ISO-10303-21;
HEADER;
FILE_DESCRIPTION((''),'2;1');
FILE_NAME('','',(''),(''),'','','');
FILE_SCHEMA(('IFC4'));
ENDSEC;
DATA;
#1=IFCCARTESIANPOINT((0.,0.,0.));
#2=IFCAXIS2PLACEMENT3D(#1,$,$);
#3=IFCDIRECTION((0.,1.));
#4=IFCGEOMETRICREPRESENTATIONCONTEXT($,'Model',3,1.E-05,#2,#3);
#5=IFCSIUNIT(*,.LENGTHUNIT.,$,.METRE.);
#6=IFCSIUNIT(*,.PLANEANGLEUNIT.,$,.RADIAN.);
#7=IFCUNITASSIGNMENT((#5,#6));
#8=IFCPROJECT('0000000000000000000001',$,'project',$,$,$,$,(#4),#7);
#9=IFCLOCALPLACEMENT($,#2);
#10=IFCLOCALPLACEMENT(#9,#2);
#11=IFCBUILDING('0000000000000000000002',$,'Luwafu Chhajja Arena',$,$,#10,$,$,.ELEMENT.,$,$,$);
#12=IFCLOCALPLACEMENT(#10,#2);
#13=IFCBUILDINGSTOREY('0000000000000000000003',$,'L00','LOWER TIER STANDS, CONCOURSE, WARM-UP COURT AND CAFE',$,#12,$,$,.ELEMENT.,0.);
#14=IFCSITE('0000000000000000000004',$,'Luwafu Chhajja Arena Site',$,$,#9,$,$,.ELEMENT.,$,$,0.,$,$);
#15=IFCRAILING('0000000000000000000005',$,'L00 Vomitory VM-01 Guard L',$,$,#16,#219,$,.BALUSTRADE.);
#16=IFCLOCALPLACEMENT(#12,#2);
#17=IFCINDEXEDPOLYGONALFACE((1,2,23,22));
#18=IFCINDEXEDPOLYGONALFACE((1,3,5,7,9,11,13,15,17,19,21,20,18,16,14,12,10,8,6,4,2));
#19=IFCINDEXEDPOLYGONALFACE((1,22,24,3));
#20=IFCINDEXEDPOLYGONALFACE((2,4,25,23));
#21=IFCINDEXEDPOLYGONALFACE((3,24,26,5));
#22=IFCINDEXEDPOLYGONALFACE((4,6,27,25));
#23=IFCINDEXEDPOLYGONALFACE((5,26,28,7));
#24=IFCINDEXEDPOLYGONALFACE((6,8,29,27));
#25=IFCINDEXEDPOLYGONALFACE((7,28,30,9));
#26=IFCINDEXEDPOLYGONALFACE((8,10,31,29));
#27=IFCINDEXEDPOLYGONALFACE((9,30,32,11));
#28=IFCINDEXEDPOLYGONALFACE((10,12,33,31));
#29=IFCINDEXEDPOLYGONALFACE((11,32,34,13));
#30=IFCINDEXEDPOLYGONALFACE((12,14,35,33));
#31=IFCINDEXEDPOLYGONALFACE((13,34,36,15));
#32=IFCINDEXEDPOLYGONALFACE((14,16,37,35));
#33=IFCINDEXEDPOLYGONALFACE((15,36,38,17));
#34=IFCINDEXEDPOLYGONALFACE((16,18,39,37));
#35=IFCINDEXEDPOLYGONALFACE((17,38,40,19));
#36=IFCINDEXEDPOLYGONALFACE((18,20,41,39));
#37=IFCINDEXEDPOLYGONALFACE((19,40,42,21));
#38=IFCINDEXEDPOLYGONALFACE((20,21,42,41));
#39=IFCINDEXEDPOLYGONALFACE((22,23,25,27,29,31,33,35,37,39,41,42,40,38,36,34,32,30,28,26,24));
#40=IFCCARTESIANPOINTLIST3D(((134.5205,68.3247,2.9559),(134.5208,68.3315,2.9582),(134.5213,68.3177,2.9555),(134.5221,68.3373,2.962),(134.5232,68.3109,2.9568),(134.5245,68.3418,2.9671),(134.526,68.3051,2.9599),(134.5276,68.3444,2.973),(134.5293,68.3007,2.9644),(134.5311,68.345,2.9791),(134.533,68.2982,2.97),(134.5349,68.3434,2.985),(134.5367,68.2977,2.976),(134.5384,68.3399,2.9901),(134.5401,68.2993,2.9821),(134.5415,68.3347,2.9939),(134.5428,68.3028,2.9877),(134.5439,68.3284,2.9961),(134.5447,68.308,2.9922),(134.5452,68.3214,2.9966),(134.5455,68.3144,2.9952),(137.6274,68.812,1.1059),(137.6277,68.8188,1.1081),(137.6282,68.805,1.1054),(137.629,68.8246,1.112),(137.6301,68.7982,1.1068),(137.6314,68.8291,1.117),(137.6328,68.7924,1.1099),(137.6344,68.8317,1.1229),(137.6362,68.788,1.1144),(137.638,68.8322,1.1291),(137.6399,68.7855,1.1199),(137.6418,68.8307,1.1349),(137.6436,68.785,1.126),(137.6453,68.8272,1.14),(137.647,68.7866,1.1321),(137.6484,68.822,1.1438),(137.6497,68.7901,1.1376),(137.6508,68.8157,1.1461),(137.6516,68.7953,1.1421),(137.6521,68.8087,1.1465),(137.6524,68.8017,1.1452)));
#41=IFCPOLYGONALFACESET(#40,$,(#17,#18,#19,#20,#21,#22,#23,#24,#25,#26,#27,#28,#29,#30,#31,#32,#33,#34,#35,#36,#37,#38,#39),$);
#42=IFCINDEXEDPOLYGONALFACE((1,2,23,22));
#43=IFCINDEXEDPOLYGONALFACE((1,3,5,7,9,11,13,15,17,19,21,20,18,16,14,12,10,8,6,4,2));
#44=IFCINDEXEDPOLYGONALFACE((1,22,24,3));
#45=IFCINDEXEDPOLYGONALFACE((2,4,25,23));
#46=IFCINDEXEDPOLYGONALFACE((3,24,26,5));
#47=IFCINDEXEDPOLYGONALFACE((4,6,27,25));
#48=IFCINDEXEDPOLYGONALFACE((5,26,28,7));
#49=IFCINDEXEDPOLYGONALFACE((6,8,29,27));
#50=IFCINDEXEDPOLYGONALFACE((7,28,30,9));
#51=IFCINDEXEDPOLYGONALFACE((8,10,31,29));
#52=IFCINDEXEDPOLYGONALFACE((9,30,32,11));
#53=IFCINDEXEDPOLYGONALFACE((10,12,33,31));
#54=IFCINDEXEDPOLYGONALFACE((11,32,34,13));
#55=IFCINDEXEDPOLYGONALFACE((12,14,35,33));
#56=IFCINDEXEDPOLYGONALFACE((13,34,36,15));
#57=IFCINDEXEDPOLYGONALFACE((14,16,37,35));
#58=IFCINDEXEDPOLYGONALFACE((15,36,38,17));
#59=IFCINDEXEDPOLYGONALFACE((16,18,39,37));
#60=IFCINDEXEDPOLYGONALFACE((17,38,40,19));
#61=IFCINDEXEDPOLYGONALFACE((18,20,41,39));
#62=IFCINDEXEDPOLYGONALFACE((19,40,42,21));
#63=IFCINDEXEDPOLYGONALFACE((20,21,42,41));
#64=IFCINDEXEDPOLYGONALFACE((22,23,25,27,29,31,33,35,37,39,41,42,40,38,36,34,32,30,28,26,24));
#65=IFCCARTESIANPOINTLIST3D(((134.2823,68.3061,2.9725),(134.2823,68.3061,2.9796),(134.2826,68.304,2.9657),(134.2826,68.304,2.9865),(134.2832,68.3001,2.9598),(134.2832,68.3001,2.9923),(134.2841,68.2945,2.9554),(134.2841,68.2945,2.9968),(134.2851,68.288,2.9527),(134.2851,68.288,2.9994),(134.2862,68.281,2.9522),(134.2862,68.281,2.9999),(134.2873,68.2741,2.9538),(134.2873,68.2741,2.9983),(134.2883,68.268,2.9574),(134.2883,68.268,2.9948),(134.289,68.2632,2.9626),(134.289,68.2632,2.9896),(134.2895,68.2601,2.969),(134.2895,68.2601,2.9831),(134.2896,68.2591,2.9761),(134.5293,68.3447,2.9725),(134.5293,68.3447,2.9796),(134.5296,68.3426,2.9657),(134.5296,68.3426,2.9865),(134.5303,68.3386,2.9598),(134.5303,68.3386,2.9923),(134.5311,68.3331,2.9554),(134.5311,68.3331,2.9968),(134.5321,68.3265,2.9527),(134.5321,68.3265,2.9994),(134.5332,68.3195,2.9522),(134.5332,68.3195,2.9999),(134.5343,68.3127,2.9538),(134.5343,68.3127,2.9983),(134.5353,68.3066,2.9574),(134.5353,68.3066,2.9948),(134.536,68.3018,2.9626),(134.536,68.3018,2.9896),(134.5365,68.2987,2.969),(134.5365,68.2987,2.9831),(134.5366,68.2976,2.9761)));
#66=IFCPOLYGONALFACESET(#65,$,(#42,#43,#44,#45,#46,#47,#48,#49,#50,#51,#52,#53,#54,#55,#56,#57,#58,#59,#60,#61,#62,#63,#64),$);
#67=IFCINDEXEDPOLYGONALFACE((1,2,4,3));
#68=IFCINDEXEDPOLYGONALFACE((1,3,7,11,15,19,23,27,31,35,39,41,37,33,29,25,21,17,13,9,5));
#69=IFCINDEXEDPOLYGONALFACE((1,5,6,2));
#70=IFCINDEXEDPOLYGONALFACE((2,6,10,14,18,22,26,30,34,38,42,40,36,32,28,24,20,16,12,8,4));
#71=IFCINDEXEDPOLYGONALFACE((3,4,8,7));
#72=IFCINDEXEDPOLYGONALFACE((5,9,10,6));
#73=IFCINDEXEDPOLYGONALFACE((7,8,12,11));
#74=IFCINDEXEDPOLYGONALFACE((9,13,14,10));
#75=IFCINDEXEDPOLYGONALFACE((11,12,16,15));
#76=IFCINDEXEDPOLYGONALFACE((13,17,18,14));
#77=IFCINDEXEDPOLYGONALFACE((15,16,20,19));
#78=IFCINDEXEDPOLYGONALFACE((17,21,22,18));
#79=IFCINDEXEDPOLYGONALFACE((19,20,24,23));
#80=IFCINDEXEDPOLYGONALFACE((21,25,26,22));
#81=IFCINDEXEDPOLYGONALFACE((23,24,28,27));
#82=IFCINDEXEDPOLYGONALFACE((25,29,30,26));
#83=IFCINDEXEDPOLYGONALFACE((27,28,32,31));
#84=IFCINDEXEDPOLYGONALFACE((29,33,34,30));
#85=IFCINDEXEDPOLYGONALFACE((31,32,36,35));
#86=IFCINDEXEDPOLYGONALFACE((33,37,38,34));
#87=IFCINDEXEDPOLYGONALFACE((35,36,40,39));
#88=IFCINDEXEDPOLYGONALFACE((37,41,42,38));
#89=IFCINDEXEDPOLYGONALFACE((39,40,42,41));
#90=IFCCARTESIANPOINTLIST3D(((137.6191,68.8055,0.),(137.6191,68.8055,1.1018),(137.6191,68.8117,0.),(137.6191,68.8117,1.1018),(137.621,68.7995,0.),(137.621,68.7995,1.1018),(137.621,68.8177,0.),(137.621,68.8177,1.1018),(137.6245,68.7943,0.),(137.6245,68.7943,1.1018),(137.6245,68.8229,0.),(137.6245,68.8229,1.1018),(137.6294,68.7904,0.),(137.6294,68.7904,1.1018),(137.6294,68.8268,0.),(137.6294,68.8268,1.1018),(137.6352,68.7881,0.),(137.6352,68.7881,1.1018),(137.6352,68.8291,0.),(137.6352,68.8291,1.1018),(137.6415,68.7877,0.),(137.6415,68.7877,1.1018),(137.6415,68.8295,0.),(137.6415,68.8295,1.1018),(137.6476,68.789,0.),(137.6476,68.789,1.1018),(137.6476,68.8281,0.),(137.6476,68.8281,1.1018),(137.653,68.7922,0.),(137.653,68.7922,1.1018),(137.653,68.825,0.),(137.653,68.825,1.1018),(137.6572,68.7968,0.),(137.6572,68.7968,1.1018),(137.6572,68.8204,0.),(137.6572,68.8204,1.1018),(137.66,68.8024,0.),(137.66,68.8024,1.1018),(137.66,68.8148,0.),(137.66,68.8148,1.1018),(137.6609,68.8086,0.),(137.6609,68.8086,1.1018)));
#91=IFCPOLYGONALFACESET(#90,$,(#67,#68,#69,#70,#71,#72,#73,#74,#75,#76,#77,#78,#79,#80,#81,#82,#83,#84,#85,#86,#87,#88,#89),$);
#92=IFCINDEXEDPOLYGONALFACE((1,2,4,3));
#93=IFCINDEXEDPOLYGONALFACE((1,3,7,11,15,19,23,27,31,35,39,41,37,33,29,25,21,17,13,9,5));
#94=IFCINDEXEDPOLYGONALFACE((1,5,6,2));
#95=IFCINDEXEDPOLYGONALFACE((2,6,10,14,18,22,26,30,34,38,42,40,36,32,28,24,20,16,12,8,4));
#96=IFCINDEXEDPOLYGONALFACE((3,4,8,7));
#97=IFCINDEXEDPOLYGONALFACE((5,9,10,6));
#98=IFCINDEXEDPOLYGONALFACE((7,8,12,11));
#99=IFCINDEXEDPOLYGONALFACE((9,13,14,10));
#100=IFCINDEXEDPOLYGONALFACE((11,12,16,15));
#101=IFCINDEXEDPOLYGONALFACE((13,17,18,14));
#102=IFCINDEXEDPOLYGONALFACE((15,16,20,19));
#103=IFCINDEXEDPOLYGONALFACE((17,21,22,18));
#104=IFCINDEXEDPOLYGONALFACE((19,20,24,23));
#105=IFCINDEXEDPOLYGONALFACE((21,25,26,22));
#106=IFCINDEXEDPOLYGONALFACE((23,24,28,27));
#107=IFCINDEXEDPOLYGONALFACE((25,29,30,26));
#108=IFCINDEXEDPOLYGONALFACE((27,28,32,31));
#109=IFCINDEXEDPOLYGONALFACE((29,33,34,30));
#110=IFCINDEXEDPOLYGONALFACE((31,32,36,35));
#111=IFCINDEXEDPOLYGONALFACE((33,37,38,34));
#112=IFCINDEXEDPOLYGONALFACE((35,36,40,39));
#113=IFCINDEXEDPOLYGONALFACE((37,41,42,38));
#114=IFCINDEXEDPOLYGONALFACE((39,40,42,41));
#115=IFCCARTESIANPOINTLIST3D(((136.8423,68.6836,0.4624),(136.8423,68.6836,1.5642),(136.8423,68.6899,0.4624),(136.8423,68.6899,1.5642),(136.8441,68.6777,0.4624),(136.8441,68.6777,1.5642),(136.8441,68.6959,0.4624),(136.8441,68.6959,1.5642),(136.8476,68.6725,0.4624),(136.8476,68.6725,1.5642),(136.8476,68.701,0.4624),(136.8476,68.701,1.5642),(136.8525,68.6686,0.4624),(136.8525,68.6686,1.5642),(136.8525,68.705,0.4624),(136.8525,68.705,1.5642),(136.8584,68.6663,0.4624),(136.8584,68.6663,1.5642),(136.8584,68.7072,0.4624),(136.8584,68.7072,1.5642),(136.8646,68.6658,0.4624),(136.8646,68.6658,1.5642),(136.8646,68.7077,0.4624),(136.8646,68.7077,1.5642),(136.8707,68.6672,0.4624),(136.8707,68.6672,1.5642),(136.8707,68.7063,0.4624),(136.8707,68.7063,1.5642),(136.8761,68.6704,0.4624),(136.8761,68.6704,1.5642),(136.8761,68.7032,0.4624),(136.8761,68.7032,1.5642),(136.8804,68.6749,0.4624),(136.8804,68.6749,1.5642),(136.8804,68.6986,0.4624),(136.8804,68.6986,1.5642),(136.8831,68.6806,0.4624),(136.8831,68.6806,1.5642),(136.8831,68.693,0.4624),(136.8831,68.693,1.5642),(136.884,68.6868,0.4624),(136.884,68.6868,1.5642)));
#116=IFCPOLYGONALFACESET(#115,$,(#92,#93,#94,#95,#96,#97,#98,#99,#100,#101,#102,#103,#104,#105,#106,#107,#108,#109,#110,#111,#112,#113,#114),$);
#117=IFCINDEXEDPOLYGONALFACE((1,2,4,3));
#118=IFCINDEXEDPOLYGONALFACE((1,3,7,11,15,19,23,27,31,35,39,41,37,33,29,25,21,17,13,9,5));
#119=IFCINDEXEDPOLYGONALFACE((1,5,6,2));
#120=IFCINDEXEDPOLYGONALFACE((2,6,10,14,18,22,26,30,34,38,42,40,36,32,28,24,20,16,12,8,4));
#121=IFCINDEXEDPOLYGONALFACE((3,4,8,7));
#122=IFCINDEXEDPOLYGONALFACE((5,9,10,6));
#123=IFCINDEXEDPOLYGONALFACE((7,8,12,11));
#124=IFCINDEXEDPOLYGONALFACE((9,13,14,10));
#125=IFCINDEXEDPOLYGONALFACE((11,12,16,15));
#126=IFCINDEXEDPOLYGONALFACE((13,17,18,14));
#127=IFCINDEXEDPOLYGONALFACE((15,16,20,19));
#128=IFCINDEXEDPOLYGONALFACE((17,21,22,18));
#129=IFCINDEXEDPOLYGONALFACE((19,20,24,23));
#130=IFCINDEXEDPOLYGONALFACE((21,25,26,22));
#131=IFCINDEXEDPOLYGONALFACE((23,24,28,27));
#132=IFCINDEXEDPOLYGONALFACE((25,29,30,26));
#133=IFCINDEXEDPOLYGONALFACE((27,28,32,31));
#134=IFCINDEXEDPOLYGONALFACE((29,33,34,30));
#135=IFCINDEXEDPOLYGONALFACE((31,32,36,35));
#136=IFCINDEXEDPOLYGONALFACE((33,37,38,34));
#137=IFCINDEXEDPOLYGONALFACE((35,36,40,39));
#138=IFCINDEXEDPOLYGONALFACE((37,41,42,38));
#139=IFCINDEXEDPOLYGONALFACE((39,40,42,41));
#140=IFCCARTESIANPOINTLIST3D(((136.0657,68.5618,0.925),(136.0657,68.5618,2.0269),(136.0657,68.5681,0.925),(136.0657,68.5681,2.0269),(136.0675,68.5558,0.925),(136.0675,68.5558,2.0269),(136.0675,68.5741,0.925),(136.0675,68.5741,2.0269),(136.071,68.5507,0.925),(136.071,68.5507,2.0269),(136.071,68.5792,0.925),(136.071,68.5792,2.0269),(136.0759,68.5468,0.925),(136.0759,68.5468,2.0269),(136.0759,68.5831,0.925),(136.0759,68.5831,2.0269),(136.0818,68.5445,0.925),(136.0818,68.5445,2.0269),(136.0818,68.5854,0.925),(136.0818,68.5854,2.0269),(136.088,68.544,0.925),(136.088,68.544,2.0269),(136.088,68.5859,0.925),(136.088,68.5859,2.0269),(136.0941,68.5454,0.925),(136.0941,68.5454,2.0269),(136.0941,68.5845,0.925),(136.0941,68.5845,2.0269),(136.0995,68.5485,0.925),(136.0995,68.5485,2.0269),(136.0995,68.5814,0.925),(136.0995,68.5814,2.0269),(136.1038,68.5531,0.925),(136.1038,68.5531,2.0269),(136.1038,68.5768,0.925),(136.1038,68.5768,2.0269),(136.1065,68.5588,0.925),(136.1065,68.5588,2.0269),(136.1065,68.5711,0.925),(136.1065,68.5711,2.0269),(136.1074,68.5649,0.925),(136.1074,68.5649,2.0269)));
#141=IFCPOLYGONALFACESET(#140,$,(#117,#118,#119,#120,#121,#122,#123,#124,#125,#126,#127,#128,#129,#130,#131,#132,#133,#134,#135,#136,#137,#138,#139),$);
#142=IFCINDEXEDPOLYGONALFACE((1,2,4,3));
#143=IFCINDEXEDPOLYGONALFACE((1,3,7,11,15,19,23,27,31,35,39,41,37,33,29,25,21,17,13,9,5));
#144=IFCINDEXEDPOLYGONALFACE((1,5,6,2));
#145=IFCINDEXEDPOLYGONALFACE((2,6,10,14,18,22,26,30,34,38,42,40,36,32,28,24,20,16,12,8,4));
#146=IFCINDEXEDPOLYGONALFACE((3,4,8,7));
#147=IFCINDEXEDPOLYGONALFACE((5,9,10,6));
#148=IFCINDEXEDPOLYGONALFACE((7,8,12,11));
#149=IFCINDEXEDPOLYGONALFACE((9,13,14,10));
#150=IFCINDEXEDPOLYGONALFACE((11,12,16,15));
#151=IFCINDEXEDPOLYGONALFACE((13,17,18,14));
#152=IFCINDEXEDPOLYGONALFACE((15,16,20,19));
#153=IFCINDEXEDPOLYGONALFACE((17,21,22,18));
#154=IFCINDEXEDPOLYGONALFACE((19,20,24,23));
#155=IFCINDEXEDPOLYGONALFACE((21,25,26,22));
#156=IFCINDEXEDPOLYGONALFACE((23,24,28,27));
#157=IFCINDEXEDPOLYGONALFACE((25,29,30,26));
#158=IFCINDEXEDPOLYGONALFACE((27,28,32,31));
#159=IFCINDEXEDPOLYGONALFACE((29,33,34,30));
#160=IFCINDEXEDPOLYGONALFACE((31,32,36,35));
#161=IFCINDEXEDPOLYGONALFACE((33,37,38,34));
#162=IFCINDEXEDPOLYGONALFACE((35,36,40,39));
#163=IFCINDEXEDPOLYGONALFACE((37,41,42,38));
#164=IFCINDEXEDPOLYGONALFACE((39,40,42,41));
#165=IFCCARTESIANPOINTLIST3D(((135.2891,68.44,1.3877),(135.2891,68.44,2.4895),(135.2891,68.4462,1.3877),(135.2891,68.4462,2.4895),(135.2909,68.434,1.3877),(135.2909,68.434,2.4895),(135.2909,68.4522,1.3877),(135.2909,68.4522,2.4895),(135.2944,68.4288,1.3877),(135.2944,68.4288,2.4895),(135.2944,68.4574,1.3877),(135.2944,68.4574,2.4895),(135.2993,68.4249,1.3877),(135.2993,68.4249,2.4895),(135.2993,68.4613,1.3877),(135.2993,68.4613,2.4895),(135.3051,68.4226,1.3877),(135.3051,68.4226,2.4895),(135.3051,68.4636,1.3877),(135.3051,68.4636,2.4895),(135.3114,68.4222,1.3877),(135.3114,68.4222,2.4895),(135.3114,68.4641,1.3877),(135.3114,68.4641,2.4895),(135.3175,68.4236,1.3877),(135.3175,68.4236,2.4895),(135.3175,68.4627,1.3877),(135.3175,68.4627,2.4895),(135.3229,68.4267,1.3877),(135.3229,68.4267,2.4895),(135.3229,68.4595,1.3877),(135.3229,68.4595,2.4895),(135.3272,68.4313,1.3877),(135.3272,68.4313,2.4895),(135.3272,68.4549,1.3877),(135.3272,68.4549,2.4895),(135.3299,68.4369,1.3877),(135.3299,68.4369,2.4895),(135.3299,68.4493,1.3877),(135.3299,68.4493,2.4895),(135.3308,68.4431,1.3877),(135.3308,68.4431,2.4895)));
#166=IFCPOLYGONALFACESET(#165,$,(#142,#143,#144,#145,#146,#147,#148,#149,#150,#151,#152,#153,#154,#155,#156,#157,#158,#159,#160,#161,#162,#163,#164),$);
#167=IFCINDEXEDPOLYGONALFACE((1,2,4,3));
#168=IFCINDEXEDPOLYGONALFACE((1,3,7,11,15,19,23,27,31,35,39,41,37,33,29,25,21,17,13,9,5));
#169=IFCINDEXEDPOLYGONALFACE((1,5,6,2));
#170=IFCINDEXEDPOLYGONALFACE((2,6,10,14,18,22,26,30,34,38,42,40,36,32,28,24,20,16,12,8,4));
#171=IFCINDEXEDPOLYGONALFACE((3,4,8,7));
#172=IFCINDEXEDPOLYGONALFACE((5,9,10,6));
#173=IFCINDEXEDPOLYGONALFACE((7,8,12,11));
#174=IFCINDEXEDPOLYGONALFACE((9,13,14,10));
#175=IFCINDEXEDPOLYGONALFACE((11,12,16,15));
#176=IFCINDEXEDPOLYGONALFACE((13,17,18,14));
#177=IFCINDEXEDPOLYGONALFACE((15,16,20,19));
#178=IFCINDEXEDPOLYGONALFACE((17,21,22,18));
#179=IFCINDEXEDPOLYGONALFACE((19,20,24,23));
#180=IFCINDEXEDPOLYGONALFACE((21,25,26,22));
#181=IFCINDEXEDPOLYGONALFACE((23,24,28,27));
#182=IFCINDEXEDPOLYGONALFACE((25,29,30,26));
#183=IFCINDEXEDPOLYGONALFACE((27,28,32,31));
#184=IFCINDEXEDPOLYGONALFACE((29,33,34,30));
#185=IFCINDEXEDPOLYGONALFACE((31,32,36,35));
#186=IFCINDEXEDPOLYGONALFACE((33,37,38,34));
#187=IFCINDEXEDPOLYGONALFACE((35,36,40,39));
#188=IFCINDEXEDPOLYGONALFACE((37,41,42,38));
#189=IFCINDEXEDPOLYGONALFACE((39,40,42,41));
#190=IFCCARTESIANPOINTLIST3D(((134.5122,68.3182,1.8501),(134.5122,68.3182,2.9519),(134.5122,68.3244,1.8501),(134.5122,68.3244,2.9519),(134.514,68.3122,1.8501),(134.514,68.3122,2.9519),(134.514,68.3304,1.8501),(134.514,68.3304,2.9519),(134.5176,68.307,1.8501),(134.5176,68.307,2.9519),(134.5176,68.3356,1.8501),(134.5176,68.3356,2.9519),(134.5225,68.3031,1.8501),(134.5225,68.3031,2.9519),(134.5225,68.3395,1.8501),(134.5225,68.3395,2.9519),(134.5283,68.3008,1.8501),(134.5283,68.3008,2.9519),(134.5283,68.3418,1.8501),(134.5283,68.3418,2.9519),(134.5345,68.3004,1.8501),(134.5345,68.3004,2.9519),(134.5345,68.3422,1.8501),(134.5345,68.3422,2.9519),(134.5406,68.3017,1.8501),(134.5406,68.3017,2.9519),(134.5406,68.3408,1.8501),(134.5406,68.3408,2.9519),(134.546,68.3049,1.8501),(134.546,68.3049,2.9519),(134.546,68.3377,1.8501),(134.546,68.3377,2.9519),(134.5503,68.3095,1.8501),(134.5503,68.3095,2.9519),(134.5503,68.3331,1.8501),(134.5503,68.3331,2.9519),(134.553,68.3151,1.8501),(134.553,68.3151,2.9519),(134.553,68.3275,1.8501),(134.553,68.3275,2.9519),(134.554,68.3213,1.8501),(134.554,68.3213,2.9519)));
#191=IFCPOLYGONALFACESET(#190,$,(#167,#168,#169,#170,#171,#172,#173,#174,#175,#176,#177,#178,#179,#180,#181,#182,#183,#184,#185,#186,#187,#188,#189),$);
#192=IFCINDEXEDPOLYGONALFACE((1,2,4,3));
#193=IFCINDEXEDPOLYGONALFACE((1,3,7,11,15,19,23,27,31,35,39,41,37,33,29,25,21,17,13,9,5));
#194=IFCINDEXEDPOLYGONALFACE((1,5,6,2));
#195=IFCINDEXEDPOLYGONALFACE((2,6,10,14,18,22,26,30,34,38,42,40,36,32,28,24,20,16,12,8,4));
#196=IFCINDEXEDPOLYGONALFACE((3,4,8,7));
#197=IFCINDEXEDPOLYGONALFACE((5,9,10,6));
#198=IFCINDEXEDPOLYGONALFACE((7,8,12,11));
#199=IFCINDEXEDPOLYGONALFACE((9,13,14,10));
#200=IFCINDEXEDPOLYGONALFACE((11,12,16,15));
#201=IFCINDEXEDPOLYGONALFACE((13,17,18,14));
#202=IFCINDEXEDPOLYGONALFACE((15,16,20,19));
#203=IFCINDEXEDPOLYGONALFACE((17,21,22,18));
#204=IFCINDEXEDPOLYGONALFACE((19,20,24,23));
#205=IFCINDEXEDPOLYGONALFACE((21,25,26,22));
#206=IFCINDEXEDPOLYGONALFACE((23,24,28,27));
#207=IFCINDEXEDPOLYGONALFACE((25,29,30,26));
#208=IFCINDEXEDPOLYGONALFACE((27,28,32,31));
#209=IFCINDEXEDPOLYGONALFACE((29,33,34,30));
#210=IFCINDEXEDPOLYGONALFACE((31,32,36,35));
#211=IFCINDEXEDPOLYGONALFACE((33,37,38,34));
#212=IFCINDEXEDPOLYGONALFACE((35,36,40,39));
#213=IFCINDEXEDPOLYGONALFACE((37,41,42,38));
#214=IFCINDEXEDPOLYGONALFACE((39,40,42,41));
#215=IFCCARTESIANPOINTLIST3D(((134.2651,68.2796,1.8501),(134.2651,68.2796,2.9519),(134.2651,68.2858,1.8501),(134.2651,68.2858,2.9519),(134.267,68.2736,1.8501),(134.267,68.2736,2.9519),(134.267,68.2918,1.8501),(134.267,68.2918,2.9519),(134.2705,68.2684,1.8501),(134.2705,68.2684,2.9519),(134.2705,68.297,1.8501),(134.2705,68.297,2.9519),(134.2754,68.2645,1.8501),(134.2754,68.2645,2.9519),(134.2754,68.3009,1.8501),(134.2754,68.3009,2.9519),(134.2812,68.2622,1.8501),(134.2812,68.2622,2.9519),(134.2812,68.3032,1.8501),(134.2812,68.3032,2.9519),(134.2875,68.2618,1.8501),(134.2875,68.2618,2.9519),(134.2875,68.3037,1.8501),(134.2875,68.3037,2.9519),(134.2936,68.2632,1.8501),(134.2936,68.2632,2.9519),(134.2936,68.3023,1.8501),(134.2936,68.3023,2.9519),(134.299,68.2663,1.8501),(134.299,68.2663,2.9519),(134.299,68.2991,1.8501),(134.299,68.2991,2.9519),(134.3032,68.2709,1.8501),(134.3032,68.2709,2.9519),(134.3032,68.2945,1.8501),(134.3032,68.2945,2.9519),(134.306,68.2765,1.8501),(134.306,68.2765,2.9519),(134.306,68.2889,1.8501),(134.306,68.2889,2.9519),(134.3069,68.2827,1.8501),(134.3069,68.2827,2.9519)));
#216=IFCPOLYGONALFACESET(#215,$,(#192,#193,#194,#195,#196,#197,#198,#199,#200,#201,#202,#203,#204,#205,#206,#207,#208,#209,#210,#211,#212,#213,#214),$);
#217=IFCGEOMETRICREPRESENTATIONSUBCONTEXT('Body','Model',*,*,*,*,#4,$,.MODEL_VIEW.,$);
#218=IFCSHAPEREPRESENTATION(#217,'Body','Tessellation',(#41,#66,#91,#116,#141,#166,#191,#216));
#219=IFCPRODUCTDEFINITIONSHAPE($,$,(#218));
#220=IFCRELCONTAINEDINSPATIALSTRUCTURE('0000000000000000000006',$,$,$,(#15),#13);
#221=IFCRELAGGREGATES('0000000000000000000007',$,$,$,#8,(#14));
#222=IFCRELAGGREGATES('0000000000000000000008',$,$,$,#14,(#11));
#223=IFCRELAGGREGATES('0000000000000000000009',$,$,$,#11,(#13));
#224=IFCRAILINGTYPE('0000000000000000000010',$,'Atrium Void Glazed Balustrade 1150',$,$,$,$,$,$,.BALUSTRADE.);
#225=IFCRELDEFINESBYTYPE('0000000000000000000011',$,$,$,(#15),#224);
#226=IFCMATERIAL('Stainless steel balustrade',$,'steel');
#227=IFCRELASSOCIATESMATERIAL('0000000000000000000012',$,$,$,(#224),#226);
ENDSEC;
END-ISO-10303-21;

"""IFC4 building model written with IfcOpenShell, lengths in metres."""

from ifc_helpers import new_model, si_unit, direction, frame, origin, origin_2d, place, context, subcontext, project, spatial, circle, extrude, material, type_object, element, save


model = new_model("IFC4")

# Units and contexts
model_context = context("Model", 3, precision=1e-05, world=origin(), true_north=direction((0.0, 1.0)))
body_context = subcontext(model_context, "Body", "Model", "MODEL_VIEW")
ifc_project = project(units=[si_unit("LENGTHUNIT", "METRE"), si_unit("PLANEANGLEUNIT", "RADIAN")], contexts=[model_context])

# Site, building, storey
site_placement = place(None, origin())
site = spatial("IfcSite", under=ifc_project, at=site_placement, Name="Luwafu Chhajja Arena Site", CompositionType="ELEMENT", RefElevation=0.0)
building_placement = place(site_placement, origin())
building = spatial("IfcBuilding", under=site, at=building_placement, Name="Luwafu Chhajja Arena", CompositionType="ELEMENT")
storey_placement = place(building_placement, origin())
storey = spatial("IfcBuildingStorey", under=building, at=storey_placement, Name="L00", Description="LOWER TIER STANDS, CONCOURSE, WARM-UP COURT AND CAFE", CompositionType="ELEMENT", Elevation=0.0)

# Railing
ifc_material_1 = material(Name="Stainless steel balustrade", Category="steel")
railing_type_1 = type_object("IfcRailingType", Name="Atrium Void Glazed Balustrade 1150", PredefinedType="BALUSTRADE", material=ifc_material_1)
railing_1_placement = place(storey_placement, frame((137.6399, 68.8086, 0.0)))
element("IfcRailing", 1, at=railing_1_placement, inside=storey, type_object=railing_type_1, Name="L00 Vomitory VM-01 Guard L", PredefinedType="BALUSTRADE", context=body_context, shape_type="SweptSolid", body=[
    extrude(circle(Radius=0.0239, at=origin_2d()), frame((0.0, 0.0, 1.126), z_axis=(-0.851507, -0.133554, 0.50705), x_axis=(0.15495, -0.987922, 0.0)), (0.0, 0.0, 1.0), 3.6487),
    extrude(circle(Radius=0.0239, at=origin_2d()), frame((-3.1069, -0.4873, 2.9761), z_axis=(-0.988031, -0.154258, 0.0), x_axis=(0.154258, -0.988031, 0.0)), (0.0, 0.0, 1.0), 0.25),
    extrude(circle(Radius=0.021, at=origin_2d()), origin(), (0.0, 0.0, 1.0), 1.1018),
    extrude(circle(Radius=0.021, at=origin_2d()), frame((-0.7769, -0.1218, 0.4624)), (0.0, 0.0, 1.0), 1.1018),
    extrude(circle(Radius=0.021, at=origin_2d()), frame((-1.5535, -0.2437, 0.925)), (0.0, 0.0, 1.0), 1.1018),
    extrude(circle(Radius=0.021, at=origin_2d()), frame((-2.3301, -0.3655, 1.3877)), (0.0, 0.0, 1.0), 1.1018),
    extrude(circle(Radius=0.021, at=origin_2d()), frame((-3.1069, -0.4873, 1.8501)), (0.0, 0.0, 1.0), 1.1018),
    extrude(circle(Radius=0.021, at=origin_2d()), frame((-3.354, -0.5259, 1.8501)), (0.0, 0.0, 1.0), 1.1018),
])

save(model, "model.ifc")
